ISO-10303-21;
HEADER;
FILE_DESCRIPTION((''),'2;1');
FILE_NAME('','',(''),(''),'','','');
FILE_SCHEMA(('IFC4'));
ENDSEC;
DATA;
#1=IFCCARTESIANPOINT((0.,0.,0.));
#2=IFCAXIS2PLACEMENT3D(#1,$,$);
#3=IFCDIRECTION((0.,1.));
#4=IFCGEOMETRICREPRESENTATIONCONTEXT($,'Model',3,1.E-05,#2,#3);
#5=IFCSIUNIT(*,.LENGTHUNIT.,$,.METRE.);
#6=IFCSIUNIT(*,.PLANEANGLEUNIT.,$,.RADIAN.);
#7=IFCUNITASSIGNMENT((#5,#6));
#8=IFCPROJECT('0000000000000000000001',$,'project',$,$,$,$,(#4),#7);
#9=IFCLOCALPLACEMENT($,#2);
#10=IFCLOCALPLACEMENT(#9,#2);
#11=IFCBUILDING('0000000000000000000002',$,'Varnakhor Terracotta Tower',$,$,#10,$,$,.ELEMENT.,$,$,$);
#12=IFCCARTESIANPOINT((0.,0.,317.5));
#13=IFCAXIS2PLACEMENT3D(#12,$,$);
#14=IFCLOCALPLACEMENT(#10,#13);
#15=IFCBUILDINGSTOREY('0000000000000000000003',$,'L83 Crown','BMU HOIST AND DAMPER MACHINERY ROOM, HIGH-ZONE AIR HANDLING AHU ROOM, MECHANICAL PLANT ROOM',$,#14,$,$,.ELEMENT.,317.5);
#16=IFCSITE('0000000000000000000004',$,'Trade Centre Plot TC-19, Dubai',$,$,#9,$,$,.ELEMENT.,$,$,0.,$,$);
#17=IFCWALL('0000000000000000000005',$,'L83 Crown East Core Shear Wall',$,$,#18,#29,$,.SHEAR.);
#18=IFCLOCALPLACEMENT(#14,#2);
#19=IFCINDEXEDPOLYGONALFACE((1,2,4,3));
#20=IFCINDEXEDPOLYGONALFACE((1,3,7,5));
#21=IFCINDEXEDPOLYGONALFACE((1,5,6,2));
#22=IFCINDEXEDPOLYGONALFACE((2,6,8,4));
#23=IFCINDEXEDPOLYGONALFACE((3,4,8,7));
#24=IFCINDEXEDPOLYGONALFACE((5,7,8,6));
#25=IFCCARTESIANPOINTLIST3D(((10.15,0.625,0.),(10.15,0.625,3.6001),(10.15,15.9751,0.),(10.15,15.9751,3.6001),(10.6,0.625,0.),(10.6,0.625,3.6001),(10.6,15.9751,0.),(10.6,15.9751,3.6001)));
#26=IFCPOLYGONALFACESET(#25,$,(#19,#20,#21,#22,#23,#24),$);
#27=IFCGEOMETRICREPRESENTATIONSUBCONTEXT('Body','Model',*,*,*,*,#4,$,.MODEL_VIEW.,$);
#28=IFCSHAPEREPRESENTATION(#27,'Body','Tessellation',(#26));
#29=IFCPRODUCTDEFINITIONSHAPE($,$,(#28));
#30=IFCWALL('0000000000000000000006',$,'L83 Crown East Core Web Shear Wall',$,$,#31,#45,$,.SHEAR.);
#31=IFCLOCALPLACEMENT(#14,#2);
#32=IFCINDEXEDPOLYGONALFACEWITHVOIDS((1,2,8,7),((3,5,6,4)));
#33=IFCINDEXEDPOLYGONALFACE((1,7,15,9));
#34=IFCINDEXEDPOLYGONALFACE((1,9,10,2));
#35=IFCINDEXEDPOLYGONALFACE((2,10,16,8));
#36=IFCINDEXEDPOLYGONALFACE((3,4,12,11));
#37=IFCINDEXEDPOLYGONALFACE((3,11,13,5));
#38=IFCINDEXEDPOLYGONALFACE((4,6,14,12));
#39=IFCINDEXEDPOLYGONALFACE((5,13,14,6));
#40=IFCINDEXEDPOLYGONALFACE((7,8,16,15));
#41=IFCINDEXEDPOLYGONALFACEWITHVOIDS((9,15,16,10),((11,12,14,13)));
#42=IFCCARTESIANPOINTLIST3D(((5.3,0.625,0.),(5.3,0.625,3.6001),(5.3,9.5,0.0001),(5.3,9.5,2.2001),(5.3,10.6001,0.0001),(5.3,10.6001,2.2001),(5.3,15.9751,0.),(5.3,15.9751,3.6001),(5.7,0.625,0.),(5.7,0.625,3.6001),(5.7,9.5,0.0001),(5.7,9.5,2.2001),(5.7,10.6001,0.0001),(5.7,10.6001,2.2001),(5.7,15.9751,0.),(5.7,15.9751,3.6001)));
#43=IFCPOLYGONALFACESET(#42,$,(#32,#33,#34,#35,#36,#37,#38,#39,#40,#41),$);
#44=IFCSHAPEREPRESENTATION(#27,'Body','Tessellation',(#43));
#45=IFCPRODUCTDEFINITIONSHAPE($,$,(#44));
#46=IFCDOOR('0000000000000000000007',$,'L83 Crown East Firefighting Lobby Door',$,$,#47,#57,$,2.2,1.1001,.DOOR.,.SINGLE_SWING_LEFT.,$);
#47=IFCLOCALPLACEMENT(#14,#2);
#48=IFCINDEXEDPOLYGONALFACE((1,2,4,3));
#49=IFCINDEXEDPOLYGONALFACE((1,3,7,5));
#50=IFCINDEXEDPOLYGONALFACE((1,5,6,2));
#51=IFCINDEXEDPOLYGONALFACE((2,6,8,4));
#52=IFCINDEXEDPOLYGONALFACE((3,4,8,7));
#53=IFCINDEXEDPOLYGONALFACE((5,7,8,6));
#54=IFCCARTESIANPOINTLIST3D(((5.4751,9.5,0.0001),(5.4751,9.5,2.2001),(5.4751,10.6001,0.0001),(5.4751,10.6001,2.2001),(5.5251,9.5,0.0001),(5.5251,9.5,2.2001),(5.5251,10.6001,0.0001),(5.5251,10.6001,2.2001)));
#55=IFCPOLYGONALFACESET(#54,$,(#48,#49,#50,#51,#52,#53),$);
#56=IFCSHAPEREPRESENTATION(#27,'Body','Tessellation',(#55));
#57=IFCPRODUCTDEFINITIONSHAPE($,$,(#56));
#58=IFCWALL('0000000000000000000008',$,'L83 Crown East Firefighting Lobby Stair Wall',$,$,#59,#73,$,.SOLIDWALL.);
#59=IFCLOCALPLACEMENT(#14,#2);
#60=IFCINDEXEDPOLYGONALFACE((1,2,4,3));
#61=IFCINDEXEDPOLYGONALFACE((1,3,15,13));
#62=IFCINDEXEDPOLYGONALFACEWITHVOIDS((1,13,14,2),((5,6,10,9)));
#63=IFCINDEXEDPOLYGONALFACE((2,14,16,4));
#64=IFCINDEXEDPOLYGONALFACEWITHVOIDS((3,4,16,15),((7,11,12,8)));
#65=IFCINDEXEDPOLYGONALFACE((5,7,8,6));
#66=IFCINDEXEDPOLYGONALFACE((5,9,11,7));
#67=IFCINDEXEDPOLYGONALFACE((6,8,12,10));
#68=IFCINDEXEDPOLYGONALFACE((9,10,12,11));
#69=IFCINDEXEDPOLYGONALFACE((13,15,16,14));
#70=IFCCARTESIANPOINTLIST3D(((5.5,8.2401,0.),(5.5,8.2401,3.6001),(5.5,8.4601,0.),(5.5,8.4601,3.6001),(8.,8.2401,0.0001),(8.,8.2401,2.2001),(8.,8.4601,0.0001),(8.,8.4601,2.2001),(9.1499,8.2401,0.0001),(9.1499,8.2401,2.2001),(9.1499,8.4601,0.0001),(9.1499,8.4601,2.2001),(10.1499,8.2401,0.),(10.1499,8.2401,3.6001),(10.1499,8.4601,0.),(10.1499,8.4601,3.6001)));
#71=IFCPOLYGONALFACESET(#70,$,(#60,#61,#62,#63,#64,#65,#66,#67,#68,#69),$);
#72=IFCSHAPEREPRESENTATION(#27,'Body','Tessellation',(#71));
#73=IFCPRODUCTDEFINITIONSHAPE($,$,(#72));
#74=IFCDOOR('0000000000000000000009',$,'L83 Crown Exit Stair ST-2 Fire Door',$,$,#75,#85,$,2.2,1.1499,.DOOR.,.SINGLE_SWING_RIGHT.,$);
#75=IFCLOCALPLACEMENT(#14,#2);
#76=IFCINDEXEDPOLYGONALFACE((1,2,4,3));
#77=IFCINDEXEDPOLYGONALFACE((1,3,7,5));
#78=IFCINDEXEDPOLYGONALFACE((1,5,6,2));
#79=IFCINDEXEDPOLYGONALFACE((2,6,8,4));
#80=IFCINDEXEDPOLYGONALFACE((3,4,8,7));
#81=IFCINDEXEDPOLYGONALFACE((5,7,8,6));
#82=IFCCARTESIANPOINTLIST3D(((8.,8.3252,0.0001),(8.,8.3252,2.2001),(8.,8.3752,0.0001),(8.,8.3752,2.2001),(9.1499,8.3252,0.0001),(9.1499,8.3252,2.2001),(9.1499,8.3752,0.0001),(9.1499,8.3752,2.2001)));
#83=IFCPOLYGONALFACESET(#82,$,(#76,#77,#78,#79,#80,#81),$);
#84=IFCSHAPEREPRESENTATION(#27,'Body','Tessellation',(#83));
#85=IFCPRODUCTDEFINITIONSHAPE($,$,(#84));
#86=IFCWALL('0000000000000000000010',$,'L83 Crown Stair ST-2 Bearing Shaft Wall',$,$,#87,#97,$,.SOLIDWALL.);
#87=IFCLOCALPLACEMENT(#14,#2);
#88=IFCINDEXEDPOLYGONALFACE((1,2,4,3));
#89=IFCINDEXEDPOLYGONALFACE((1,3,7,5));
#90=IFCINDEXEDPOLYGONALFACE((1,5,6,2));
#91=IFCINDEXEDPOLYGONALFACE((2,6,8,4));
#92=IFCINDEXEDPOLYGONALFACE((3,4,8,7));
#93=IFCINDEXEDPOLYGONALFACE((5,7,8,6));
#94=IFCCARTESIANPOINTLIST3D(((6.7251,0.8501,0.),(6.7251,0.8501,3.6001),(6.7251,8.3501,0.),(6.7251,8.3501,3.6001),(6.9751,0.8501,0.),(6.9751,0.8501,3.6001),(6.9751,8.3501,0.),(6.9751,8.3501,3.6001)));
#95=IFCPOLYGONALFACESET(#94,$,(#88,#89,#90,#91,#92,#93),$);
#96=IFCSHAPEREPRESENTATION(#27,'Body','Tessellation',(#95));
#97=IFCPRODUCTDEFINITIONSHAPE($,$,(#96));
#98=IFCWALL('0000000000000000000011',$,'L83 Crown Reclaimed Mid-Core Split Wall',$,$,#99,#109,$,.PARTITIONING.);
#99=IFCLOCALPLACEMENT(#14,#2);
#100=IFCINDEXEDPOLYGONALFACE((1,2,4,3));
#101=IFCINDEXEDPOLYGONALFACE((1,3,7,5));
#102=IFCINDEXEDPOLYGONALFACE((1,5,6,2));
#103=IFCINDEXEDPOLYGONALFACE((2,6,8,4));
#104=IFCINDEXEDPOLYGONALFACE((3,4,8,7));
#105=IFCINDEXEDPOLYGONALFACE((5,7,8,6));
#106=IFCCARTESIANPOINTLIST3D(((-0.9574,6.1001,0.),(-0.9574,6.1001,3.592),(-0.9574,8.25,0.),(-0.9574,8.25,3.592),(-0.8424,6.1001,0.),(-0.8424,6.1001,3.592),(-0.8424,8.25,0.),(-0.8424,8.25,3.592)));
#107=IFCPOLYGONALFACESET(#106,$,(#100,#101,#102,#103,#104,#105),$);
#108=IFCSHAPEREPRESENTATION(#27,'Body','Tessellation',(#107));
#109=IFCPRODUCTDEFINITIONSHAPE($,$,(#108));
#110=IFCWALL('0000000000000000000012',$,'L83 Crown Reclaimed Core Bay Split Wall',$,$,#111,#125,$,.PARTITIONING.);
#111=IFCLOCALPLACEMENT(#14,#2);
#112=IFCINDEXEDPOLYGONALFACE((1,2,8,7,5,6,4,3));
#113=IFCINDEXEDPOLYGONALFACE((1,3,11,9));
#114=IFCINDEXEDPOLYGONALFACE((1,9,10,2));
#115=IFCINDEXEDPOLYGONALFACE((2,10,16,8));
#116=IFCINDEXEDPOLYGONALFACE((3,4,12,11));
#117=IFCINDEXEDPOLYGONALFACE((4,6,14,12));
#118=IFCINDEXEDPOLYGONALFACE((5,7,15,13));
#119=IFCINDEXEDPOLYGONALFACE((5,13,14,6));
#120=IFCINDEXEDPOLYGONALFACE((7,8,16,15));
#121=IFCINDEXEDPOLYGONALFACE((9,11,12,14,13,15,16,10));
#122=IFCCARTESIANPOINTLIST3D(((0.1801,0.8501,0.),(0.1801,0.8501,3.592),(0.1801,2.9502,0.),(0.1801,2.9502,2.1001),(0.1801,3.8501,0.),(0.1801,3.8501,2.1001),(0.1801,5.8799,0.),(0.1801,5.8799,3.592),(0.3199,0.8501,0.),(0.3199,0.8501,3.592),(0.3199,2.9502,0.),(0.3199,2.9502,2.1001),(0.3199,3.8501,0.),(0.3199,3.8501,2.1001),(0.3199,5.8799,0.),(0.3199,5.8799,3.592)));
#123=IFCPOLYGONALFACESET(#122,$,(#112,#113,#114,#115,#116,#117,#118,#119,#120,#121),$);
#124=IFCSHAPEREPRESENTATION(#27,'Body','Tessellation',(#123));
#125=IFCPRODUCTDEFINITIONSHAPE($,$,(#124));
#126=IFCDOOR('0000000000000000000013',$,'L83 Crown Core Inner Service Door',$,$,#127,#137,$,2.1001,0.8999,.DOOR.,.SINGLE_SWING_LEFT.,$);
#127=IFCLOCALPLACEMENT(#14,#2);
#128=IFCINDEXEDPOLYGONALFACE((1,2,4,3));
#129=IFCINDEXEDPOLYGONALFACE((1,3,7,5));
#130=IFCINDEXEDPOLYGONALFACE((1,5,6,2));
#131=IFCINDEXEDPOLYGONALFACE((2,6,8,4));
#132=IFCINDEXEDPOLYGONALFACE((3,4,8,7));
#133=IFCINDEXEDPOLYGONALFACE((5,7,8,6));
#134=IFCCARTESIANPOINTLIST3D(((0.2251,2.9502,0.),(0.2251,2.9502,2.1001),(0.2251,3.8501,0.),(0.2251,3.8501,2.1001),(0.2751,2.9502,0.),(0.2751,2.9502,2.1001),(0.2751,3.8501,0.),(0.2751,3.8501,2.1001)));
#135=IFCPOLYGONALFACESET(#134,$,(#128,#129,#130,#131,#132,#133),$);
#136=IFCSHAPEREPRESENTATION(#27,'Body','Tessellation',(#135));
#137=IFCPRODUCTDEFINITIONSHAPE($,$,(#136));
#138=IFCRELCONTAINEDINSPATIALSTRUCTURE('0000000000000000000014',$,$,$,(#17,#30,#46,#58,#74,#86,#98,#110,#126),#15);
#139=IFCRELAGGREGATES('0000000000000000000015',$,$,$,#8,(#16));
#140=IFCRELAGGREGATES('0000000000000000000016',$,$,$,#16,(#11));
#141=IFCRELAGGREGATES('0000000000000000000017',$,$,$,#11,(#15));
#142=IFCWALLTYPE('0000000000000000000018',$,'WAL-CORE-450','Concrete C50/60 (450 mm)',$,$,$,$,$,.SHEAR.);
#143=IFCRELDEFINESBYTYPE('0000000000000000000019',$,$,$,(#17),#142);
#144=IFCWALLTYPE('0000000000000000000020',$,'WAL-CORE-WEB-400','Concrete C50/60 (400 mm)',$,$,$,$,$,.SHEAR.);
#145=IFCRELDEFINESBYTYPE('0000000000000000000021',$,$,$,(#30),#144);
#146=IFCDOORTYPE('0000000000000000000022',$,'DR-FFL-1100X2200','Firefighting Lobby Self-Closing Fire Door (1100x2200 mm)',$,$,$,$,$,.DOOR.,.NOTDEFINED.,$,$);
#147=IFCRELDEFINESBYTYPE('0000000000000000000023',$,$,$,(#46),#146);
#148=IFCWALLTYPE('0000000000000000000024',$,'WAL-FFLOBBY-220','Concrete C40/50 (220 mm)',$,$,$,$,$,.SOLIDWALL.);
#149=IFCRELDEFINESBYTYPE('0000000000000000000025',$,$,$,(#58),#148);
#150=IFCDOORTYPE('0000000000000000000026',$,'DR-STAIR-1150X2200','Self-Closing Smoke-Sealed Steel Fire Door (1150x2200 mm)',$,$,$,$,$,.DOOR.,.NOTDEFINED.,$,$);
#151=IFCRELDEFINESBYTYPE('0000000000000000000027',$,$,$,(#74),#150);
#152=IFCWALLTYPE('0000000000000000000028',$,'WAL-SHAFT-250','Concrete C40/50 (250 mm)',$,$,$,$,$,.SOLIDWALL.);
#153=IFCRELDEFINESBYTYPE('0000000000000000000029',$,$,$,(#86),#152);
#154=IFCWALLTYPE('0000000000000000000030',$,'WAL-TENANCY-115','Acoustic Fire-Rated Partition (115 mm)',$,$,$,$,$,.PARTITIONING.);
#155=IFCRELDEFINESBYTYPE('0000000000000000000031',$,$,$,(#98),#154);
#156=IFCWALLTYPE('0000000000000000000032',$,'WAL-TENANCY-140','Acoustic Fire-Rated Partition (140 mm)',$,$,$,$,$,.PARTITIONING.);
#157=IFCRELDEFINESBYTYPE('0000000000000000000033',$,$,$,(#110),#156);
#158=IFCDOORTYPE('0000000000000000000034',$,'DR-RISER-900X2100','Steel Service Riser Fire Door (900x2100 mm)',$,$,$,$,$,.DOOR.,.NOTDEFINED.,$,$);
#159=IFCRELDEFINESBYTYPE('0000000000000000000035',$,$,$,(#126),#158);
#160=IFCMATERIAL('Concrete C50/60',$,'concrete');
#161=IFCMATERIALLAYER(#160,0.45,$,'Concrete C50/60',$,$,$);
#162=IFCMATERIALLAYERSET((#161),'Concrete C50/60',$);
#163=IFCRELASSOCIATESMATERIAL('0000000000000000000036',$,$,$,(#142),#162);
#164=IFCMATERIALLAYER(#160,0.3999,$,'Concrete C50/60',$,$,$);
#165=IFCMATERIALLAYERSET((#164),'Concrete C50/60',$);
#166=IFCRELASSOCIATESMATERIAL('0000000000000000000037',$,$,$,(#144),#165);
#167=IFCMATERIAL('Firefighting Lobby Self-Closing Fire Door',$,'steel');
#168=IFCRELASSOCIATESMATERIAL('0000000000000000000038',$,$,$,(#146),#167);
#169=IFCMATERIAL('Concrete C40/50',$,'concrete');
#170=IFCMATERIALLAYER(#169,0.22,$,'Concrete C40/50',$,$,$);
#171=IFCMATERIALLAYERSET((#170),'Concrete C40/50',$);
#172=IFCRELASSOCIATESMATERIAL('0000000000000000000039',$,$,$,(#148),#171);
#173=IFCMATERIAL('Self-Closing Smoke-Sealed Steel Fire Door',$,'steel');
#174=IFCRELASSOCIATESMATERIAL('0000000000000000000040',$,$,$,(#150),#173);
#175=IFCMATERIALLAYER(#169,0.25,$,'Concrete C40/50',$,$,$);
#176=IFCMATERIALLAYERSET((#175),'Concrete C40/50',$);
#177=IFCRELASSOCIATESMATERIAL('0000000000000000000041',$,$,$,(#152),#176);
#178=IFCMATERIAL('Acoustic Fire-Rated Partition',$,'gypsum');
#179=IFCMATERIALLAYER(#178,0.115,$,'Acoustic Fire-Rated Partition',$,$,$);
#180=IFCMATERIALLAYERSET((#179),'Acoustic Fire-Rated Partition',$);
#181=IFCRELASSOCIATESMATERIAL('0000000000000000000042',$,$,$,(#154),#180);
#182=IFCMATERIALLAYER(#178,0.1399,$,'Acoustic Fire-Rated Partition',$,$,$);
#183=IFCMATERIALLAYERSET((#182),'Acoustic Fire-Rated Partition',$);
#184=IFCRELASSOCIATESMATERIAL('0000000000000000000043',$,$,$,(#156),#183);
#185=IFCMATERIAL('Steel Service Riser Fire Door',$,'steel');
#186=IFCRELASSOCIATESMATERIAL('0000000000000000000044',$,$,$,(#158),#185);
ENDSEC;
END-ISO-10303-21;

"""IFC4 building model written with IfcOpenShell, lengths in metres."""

from ifc_helpers import new_model, si_unit, direction, frame, frame_2d, origin, place, context, subcontext, project, spatial, rectangle, extrude, source, transform, mapped, material, layer, layer_set, type_object, type_shapes, element, fill, save


model = new_model("IFC4")

# Units and contexts
model_context = context("Model", 3, precision=1e-05, world=origin(), true_north=direction((0.0, 1.0)))
body_context = subcontext(model_context, "Body", "Model", "MODEL_VIEW")
ifc_project = project(units=[si_unit("LENGTHUNIT", "METRE"), si_unit("PLANEANGLEUNIT", "RADIAN")], contexts=[model_context])

# Site, building, storey
site_placement = place(None, origin())
site = spatial("IfcSite", under=ifc_project, at=site_placement, Name="Trade Centre Plot TC-19, Dubai", CompositionType="ELEMENT", RefElevation=0.0)
building_placement = place(site_placement, origin())
building = spatial("IfcBuilding", under=site, at=building_placement, Name="Varnakhor Terracotta Tower", CompositionType="ELEMENT")
storey_placement = place(building_placement, frame((0.0, 0.0, 317.5)))
storey = spatial("IfcBuildingStorey", under=building, at=storey_placement, Name="L83 Crown", Description="BMU HOIST AND DAMPER MACHINERY ROOM, HIGH-ZONE AIR HANDLING AHU ROOM, MECHANICAL PLANT ROOM", CompositionType="ELEMENT", Elevation=317.5)

# Shared definitions
ifc_material_1 = material(Name="Concrete C50/60", Category="concrete")

# Shared definitions
ifc_material_2 = material(Name="Concrete C40/50", Category="concrete")

# Wall
ifc_layer_1 = layer(ifc_material_1, 0.45, Name="Concrete C50/60")
ifc_layer_set_1 = layer_set([ifc_layer_1], Name="Concrete C50/60")
wall_type_1 = type_object("IfcWallType", Name="WAL-CORE-450", Description="Concrete C50/60 (450 mm)", PredefinedType="SHEAR", material=ifc_layer_set_1)
wall_1_placement = place(storey_placement, frame((10.375, 0.625, 0.0), z_axis=(0.0, 0.0, 1.0), x_axis=(0.0, 1.0, 0.0)))
element("IfcWall", 1, at=wall_1_placement, inside=storey, type_object=wall_type_1, Name="L83 Crown East Core Shear Wall", PredefinedType="SHEAR", context=body_context, shape_type="SweptSolid", body=[
    extrude(rectangle(XDim=15.3501, YDim=0.45, at=frame_2d((7.675, 0.0))), origin(), (0.0, 0.0, 1.0), 3.6001),
])

# Walls, openings, doors
ifc_layer_2 = layer(ifc_material_1, 0.3999, Name="Concrete C50/60")
ifc_layer_set_2 = layer_set([ifc_layer_2], Name="Concrete C50/60")
wall_type_2 = type_object("IfcWallType", Name="WAL-CORE-WEB-400", Description="Concrete C50/60 (400 mm)", PredefinedType="SHEAR", material=ifc_layer_set_2)
wall_2_placement = place(storey_placement, frame((5.5, 0.625, 0.0), z_axis=(0.0, 0.0, 1.0), x_axis=(0.0, 1.0, 0.0)))
wall_2 = element("IfcWall", 2, at=wall_2_placement, inside=storey, type_object=wall_type_2, Name="L83 Crown East Core Web Shear Wall", PredefinedType="SHEAR", context=body_context, shape_type="SweptSolid", body=[
    extrude(rectangle(XDim=15.3501, YDim=0.3999, at=frame_2d((7.675, 0.0))), origin(), (0.0, 0.0, 1.0), 3.6001),
])
opening_1_placement = place(wall_2_placement, frame((8.875, 0.0, 0.0)))
opening_1 = element("IfcOpeningElement", 3, at=opening_1_placement, cuts=wall_2, PredefinedType="OPENING", context=body_context, shape_type="SweptSolid", body=[
    extrude(rectangle(XDim=1.1001, YDim=2.2, at=frame_2d((0.55, 1.1001))), frame((0.0, 0.21, 0.0), z_axis=(0.0, -1.0, 0.0), x_axis=(1.0, 0.0, 0.0)), (0.0, 0.0, 1.0), 0.4199),
])
ifc_material_3 = material(Name="Firefighting Lobby Self-Closing Fire Door", Category="steel")
door_type_1 = type_object("IfcDoorType", Name="DR-FFL-1100X2200", Description="Firefighting Lobby Self-Closing Fire Door (1100x2200 mm)", OperationType="NOTDEFINED", PredefinedType="DOOR", material=ifc_material_3)
shared_shape_1 = source(origin(), body_context, "Body", "SweptSolid", [
    extrude(rectangle(XDim=1.1001, YDim=2.2, at=frame_2d((0.55, 1.1001))), frame((0.0, 0.0249, 0.0), z_axis=(0.0, -1.0, 0.0), x_axis=(1.0, 0.0, 0.0)), (0.0, 0.0, 1.0), 0.05),
])
type_shapes(door_type_1, [shared_shape_1])
door_1_placement = place(opening_1_placement, origin())
door_1 = element("IfcDoor", 4, at=door_1_placement, inside=storey, type_object=door_type_1, Name="L83 Crown East Firefighting Lobby Door", OperationType="SINGLE_SWING_LEFT", OverallHeight=2.2, OverallWidth=1.1001, PredefinedType="DOOR", context=body_context, shape_type="MappedRepresentation", body=[
    mapped(shared_shape_1, transform((0.0, 0.0, 0.0), scale=1.0)),
])
fill(opening_1, door_1)
ifc_layer_3 = layer(ifc_material_2, 0.22, Name="Concrete C40/50")
ifc_layer_set_3 = layer_set([ifc_layer_3], Name="Concrete C40/50")
wall_type_3 = type_object("IfcWallType", Name="WAL-FFLOBBY-220", Description="Concrete C40/50 (220 mm)", PredefinedType="SOLIDWALL", material=ifc_layer_set_3)
wall_3_placement = place(storey_placement, frame((10.1499, 8.3501, 0.0), z_axis=(0.0, 0.0, 1.0), x_axis=(-1.0, 0.0, 0.0)))
wall_3 = element("IfcWall", 5, at=wall_3_placement, inside=storey, type_object=wall_type_3, Name="L83 Crown East Firefighting Lobby Stair Wall", PredefinedType="SOLIDWALL", context=body_context, shape_type="SweptSolid", body=[
    extrude(rectangle(XDim=4.6499, YDim=0.22, at=frame_2d((2.325, 0.0))), origin(), (0.0, 0.0, 1.0), 3.6001),
])
opening_2_placement = place(wall_3_placement, frame((1.0, 0.0, 0.0)))
opening_2 = element("IfcOpeningElement", 6, at=opening_2_placement, cuts=wall_3, PredefinedType="OPENING", context=body_context, shape_type="SweptSolid", body=[
    extrude(rectangle(XDim=1.1499, YDim=2.2, at=frame_2d((0.575, 1.1001))), frame((0.0, 0.1201, 0.0), z_axis=(0.0, -1.0, 0.0), x_axis=(1.0, 0.0, 0.0)), (0.0, 0.0, 1.0), 0.24),
])
ifc_material_4 = material(Name="Self-Closing Smoke-Sealed Steel Fire Door", Category="steel")
door_type_2 = type_object("IfcDoorType", Name="DR-STAIR-1150X2200", Description="Self-Closing Smoke-Sealed Steel Fire Door (1150x2200 mm)", OperationType="NOTDEFINED", PredefinedType="DOOR", material=ifc_material_4)
shared_shape_2 = source(origin(), body_context, "Body", "SweptSolid", [
    extrude(rectangle(XDim=1.1499, YDim=2.2, at=frame_2d((0.575, 1.1001))), frame((0.0, 0.0249, 0.0), z_axis=(0.0, -1.0, 0.0), x_axis=(1.0, 0.0, 0.0)), (0.0, 0.0, 1.0), 0.05),
])
type_shapes(door_type_2, [shared_shape_2])
door_2_placement = place(opening_2_placement, origin())
door_2 = element("IfcDoor", 7, at=door_2_placement, inside=storey, type_object=door_type_2, Name="L83 Crown Exit Stair ST-2 Fire Door", OperationType="SINGLE_SWING_RIGHT", OverallHeight=2.2, OverallWidth=1.1499, PredefinedType="DOOR", context=body_context, shape_type="MappedRepresentation", body=[
    mapped(shared_shape_2, transform((0.0, 0.0, 0.0), scale=1.0)),
])
fill(opening_2, door_2)

# Walls
ifc_layer_4 = layer(ifc_material_2, 0.25, Name="Concrete C40/50")
ifc_layer_set_4 = layer_set([ifc_layer_4], Name="Concrete C40/50")
wall_type_4 = type_object("IfcWallType", Name="WAL-SHAFT-250", Description="Concrete C40/50 (250 mm)", PredefinedType="SOLIDWALL", material=ifc_layer_set_4)
wall_4_placement = place(storey_placement, frame((6.8501, 0.8501, 0.0), z_axis=(0.0, 0.0, 1.0), x_axis=(0.0, 1.0, 0.0)))
element("IfcWall", 8, at=wall_4_placement, inside=storey, type_object=wall_type_4, Name="L83 Crown Stair ST-2 Bearing Shaft Wall", PredefinedType="SOLIDWALL", context=body_context, shape_type="SweptSolid", body=[
    extrude(rectangle(XDim=7.5, YDim=0.25, at=frame_2d((3.75, 0.0))), origin(), (0.0, 0.0, 1.0), 3.6001),
])
ifc_material_5 = material(Name="Acoustic Fire-Rated Partition", Category="gypsum")
ifc_layer_5 = layer(ifc_material_5, 0.115, Name="Acoustic Fire-Rated Partition")
ifc_layer_set_5 = layer_set([ifc_layer_5], Name="Acoustic Fire-Rated Partition")
wall_type_5 = type_object("IfcWallType", Name="WAL-TENANCY-115", Description="Acoustic Fire-Rated Partition (115 mm)", PredefinedType="PARTITIONING", material=ifc_layer_set_5)
wall_5_placement = place(storey_placement, frame((-0.8999, 6.1001, 0.0), z_axis=(0.0, 0.0, 1.0), x_axis=(0.0, 1.0, 0.0)))
element("IfcWall", 9, at=wall_5_placement, inside=storey, type_object=wall_type_5, Name="L83 Crown Reclaimed Mid-Core Split Wall", PredefinedType="PARTITIONING", context=body_context, shape_type="SweptSolid", body=[
    extrude(rectangle(XDim=2.1499, YDim=0.115, at=frame_2d((1.075, 0.0))), origin(), (0.0, 0.0, 1.0), 3.592),
])

# Wall, opening, door
ifc_layer_6 = layer(ifc_material_5, 0.1399, Name="Acoustic Fire-Rated Partition")
ifc_layer_set_6 = layer_set([ifc_layer_6], Name="Acoustic Fire-Rated Partition")
wall_type_6 = type_object("IfcWallType", Name="WAL-TENANCY-140", Description="Acoustic Fire-Rated Partition (140 mm)", PredefinedType="PARTITIONING", material=ifc_layer_set_6)
wall_6_placement = place(storey_placement, frame((0.25, 0.8501, 0.0), z_axis=(0.0, 0.0, 1.0), x_axis=(0.0, 1.0, 0.0)))
wall_6 = element("IfcWall", 10, at=wall_6_placement, inside=storey, type_object=wall_type_6, Name="L83 Crown Reclaimed Core Bay Split Wall", PredefinedType="PARTITIONING", context=body_context, shape_type="SweptSolid", body=[
    extrude(rectangle(XDim=5.0298, YDim=0.1399, at=frame_2d((2.5149, 0.0))), origin(), (0.0, 0.0, 1.0), 3.592),
])
opening_3_placement = place(wall_6_placement, frame((2.1001, 0.0, 0.0)))
opening_3 = element("IfcOpeningElement", 11, at=opening_3_placement, cuts=wall_6, PredefinedType="OPENING", context=body_context, shape_type="SweptSolid", body=[
    extrude(rectangle(XDim=0.8999, YDim=2.1001, at=frame_2d((0.45, 1.05))), frame((0.0, 0.0801, 0.0), z_axis=(0.0, -1.0, 0.0), x_axis=(1.0, 0.0, 0.0)), (0.0, 0.0, 1.0), 0.1599),
])
ifc_material_6 = material(Name="Steel Service Riser Fire Door", Category="steel")
door_type_3 = type_object("IfcDoorType", Name="DR-RISER-900X2100", Description="Steel Service Riser Fire Door (900x2100 mm)", OperationType="NOTDEFINED", PredefinedType="DOOR", material=ifc_material_6)
shared_shape_3 = source(origin(), body_context, "Body", "SweptSolid", [
    extrude(rectangle(XDim=0.8999, YDim=2.1001, at=frame_2d((0.45, 1.05))), frame((0.0, 0.0249, 0.0), z_axis=(0.0, -1.0, 0.0), x_axis=(1.0, 0.0, 0.0)), (0.0, 0.0, 1.0), 0.05),
])
type_shapes(door_type_3, [shared_shape_3])
door_3_placement = place(opening_3_placement, origin())
door_3 = element("IfcDoor", 12, at=door_3_placement, inside=storey, type_object=door_type_3, Name="L83 Crown Core Inner Service Door", OperationType="SINGLE_SWING_LEFT", OverallHeight=2.1001, OverallWidth=0.8999, PredefinedType="DOOR", context=body_context, shape_type="MappedRepresentation", body=[
    mapped(shared_shape_3, transform((0.0, 0.0, 0.0), scale=1.0)),
])
fill(opening_3, door_3)

save(model, "model.ifc")
